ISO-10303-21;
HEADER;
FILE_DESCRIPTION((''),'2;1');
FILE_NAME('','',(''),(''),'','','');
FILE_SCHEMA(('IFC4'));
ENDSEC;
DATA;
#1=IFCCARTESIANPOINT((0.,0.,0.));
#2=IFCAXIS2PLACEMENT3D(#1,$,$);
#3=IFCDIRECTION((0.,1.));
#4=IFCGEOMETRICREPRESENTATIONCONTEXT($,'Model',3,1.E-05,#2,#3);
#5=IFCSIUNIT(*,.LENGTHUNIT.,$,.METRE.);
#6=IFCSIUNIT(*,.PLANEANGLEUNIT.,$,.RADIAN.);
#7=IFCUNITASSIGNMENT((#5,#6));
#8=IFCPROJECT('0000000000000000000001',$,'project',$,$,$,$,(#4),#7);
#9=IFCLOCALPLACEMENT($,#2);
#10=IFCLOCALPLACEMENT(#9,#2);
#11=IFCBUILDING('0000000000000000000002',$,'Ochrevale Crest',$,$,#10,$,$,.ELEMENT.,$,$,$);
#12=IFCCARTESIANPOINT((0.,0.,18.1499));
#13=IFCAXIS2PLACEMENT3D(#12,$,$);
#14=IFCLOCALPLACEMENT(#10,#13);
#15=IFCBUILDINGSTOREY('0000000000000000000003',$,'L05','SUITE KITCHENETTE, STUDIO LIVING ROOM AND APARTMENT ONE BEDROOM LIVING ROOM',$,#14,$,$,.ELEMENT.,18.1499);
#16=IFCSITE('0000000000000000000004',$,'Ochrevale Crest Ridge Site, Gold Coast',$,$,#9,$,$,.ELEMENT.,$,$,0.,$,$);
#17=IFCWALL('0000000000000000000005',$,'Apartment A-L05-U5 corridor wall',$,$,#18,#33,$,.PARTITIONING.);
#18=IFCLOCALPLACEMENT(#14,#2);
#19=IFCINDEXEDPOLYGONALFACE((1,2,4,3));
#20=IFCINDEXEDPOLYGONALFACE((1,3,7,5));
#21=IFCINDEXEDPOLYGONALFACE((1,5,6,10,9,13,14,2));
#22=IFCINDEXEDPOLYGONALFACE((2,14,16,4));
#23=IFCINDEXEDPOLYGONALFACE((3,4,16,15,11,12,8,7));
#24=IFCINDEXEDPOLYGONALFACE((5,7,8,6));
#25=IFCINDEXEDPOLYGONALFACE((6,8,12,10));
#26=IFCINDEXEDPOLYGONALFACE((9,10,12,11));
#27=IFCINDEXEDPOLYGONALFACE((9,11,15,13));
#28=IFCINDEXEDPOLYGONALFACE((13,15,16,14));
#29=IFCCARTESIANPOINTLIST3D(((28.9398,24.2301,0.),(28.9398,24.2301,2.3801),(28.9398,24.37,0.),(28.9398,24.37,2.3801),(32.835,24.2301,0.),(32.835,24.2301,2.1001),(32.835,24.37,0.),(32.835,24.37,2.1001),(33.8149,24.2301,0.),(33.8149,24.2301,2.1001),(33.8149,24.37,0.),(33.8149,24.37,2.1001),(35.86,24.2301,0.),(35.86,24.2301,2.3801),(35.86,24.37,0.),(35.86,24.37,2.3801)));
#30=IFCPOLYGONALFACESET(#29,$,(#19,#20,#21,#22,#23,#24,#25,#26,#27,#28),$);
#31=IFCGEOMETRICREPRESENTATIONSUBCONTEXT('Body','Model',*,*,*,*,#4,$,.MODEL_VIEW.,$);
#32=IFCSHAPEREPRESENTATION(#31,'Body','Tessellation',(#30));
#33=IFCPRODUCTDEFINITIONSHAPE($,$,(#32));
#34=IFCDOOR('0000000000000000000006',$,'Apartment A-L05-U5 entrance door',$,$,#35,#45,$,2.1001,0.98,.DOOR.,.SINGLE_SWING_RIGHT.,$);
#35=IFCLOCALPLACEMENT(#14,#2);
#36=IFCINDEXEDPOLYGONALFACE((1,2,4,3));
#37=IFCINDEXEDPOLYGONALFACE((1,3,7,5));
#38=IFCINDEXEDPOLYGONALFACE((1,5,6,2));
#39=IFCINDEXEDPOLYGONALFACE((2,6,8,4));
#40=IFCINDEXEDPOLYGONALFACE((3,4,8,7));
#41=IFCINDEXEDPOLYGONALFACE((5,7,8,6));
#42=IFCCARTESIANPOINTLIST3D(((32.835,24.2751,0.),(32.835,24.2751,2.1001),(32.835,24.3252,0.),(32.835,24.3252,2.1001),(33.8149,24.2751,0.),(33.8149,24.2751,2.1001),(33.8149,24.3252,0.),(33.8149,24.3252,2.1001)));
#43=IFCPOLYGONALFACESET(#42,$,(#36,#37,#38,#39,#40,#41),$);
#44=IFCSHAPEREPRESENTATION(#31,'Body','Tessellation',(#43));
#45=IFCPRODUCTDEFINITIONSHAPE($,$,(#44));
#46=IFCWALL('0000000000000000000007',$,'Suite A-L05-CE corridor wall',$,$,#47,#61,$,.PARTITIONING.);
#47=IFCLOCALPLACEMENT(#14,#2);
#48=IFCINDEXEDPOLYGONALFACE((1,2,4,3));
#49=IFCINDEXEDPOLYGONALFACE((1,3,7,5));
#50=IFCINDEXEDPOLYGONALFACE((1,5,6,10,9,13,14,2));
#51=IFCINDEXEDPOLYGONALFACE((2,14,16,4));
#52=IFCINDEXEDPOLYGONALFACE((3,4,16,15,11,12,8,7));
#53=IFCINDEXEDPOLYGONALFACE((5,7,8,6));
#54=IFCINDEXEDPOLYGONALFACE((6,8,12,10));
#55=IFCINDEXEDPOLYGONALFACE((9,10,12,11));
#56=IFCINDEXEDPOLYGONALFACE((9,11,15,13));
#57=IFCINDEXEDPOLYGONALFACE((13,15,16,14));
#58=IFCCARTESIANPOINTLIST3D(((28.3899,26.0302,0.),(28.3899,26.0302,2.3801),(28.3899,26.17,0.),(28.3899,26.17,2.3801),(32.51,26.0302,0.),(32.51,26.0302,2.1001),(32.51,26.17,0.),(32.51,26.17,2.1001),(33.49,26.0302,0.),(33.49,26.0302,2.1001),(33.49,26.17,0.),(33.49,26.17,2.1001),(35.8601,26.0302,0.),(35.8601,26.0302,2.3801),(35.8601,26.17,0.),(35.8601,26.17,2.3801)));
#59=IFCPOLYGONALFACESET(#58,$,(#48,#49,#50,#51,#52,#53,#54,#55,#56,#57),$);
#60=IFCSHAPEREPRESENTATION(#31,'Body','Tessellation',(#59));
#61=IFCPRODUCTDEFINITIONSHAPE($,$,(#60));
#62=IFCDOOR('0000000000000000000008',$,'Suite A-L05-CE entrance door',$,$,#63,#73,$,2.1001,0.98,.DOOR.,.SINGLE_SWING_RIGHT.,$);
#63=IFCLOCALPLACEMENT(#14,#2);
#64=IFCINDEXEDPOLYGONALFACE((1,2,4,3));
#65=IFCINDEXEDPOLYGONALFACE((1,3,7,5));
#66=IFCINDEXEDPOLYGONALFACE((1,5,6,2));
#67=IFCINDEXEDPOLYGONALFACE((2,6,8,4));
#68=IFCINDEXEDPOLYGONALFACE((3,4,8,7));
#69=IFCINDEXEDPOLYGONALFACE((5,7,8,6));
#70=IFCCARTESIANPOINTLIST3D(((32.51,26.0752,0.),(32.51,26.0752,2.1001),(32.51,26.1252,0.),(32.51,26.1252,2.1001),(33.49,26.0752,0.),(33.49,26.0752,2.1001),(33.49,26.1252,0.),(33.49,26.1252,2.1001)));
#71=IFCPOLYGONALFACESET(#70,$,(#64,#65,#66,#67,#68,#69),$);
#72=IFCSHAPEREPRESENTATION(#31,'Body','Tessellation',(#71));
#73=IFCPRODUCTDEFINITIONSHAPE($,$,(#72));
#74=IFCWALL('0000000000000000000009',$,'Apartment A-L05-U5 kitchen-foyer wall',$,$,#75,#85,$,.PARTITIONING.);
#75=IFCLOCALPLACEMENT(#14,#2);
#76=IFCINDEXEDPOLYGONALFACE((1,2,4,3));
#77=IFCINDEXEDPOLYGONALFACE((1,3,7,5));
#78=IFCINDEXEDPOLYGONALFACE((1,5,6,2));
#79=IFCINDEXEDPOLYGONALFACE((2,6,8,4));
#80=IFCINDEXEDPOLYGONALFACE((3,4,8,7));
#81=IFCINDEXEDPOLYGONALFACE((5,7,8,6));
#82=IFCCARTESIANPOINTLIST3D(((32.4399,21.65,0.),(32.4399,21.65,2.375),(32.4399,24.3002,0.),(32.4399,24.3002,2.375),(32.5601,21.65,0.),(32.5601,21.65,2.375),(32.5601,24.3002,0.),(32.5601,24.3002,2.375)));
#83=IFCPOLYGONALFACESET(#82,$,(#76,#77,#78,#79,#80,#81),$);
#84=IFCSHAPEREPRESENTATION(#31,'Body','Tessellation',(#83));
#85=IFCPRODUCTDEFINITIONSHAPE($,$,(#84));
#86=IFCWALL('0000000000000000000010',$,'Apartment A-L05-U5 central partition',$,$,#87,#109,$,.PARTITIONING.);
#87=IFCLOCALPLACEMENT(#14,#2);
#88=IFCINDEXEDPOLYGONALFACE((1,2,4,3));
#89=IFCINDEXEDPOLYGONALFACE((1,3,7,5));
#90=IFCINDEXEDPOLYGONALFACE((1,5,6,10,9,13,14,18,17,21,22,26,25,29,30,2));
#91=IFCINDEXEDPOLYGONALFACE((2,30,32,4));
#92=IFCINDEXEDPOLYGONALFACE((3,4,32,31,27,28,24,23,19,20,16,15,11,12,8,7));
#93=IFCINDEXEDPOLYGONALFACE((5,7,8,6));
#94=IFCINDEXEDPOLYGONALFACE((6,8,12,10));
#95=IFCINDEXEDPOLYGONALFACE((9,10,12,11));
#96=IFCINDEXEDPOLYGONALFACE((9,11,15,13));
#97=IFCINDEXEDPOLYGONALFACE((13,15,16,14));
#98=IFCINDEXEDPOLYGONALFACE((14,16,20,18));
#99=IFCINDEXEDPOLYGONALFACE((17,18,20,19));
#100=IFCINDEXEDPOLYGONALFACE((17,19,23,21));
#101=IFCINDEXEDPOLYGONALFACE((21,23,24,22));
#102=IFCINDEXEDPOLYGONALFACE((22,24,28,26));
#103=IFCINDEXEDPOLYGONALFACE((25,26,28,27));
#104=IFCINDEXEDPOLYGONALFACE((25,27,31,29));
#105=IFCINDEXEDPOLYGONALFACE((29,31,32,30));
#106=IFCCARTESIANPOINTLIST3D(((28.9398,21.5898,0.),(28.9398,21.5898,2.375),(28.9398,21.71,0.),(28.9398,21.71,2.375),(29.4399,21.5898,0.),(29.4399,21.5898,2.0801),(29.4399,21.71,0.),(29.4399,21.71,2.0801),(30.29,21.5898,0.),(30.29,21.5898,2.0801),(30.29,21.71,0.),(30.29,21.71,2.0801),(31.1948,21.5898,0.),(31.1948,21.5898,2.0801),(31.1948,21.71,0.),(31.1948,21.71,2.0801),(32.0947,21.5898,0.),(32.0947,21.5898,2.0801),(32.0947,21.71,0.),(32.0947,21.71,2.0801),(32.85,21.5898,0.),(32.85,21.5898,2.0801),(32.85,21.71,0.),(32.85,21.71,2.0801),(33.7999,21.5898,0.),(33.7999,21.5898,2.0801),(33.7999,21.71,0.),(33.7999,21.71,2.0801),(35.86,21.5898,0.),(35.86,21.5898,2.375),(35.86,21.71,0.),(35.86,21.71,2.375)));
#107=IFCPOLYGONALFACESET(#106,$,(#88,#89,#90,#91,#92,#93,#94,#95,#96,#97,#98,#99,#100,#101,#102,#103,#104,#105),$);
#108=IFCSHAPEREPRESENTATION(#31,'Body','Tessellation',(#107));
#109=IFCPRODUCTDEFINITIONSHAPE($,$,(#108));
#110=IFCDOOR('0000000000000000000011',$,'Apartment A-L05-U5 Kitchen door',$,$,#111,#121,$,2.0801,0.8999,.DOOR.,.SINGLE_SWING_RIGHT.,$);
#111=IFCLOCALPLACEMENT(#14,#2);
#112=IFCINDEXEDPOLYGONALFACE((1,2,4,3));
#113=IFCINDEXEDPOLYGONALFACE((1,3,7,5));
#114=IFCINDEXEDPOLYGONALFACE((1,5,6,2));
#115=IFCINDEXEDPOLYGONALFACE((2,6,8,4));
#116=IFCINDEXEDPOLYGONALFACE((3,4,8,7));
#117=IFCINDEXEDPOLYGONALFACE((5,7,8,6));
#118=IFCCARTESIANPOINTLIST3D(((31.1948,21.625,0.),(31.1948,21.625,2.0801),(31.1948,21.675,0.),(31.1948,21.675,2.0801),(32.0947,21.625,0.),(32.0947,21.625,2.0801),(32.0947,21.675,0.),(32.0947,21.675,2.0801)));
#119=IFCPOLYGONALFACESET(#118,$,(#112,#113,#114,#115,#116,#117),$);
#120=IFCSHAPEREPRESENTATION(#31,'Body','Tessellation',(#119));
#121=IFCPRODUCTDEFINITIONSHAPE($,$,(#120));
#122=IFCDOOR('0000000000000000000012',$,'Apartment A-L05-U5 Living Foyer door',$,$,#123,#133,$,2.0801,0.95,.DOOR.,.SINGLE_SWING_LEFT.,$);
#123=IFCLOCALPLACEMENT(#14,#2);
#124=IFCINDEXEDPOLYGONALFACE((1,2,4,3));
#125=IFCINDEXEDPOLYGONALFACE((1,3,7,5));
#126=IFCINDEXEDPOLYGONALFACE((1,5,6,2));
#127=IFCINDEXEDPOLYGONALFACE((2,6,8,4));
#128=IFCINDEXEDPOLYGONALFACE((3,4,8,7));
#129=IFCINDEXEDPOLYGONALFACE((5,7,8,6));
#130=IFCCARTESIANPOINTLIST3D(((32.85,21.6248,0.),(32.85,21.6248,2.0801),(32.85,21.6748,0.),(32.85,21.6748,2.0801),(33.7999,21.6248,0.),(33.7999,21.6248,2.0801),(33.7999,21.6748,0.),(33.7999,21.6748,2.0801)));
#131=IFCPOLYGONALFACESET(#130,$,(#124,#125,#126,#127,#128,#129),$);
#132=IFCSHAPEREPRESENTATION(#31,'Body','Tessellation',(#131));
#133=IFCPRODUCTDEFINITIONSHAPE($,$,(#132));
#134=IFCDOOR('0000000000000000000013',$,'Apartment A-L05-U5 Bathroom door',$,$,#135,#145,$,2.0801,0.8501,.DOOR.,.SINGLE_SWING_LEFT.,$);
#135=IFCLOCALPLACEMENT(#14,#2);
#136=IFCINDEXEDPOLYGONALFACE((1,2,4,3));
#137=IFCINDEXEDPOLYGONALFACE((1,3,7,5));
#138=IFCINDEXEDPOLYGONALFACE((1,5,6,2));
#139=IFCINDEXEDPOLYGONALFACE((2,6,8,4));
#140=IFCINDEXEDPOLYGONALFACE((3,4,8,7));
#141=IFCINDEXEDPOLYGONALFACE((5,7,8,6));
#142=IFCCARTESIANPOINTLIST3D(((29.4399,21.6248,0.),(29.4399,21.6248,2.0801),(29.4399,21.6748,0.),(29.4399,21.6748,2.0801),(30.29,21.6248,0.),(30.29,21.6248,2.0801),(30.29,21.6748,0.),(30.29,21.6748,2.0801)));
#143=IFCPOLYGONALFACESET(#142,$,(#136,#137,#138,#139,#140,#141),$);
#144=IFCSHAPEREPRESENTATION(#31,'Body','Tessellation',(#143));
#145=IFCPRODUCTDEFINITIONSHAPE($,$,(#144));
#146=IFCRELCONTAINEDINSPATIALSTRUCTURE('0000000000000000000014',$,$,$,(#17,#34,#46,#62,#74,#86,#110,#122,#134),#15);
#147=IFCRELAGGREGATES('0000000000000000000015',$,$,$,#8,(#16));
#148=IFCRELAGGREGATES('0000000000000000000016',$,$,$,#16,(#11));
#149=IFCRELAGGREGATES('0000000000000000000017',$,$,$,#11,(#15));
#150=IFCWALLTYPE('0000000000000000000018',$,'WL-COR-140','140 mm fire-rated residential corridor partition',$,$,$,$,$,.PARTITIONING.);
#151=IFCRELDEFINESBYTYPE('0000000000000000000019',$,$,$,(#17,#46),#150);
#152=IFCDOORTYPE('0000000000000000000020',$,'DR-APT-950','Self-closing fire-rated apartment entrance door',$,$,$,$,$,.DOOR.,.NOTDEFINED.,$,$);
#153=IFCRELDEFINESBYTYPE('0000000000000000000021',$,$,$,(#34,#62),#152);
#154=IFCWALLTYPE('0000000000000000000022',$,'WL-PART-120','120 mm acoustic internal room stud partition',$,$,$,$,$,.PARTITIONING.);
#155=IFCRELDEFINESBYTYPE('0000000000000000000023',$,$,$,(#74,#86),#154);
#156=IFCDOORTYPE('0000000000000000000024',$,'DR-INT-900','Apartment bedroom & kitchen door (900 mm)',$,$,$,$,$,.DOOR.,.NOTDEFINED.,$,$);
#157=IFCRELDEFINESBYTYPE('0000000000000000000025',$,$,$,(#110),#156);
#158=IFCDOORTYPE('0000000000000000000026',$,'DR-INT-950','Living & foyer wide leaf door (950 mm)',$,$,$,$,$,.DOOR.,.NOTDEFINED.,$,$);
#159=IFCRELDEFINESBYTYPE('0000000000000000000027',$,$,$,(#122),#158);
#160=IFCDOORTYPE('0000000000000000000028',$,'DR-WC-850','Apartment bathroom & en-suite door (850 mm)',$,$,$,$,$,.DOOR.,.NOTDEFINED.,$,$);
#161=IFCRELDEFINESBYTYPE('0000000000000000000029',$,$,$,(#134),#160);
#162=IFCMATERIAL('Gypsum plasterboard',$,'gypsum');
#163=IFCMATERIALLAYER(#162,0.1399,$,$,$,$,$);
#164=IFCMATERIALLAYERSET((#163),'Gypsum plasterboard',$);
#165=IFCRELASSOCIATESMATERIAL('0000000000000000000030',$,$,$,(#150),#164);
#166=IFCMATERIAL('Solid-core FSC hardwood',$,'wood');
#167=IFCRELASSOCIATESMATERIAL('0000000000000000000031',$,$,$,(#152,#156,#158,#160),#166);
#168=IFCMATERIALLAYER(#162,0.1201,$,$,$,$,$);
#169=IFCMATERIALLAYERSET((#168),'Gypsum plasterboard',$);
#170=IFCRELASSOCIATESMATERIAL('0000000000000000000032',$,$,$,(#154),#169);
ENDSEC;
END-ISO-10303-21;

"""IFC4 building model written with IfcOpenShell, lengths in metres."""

from ifc_helpers import new_model, si_unit, direction, frame, frame_2d, origin, place, context, subcontext, project, spatial, rectangle, extrude, material, layer, layer_set, type_object, element, fill, save


model = new_model("IFC4")

# Units and contexts
model_context = context("Model", 3, precision=1e-05, world=origin(), true_north=direction((0.0, 1.0)))
body_context = subcontext(model_context, "Body", "Model", "MODEL_VIEW")
ifc_project = project(units=[si_unit("LENGTHUNIT", "METRE"), si_unit("PLANEANGLEUNIT", "RADIAN")], contexts=[model_context])

# Site, building, storey
site_placement = place(None, origin())
site = spatial("IfcSite", under=ifc_project, at=site_placement, Name="Ochrevale Crest Ridge Site, Gold Coast", CompositionType="ELEMENT", RefElevation=0.0)
building_placement = place(site_placement, origin())
building = spatial("IfcBuilding", under=site, at=building_placement, Name="Ochrevale Crest", CompositionType="ELEMENT")
storey_placement = place(building_placement, frame((0.0, 0.0, 18.1499)))
storey = spatial("IfcBuildingStorey", under=building, at=storey_placement, Name="L05", Description="SUITE KITCHENETTE, STUDIO LIVING ROOM AND APARTMENT ONE BEDROOM LIVING ROOM", CompositionType="ELEMENT", Elevation=18.1499)

# Walls, openings, doors
ifc_material_1 = material(Name="Gypsum plasterboard", Category="gypsum")
ifc_layer_1 = layer(ifc_material_1, 0.1399)
ifc_layer_set_1 = layer_set([ifc_layer_1], Name="Gypsum plasterboard")
wall_type_1 = type_object("IfcWallType", Name="WL-COR-140", Description="140 mm fire-rated residential corridor partition", PredefinedType="PARTITIONING", material=ifc_layer_set_1)
wall_1_placement = place(storey_placement, frame((28.9399, 24.3, 0.0), z_axis=(0.0, 0.0, 1.0), x_axis=(1.0, 0.0, 0.0)))
wall_1 = element("IfcWall", 1, at=wall_1_placement, inside=storey, type_object=wall_type_1, Name="Apartment A-L05-U5 corridor wall", PredefinedType="PARTITIONING", context=body_context, shape_type="SweptSolid", body=[
    extrude(rectangle(XDim=6.9202, YDim=0.1399, at=frame_2d((3.46, 0.0))), origin(), (0.0, 0.0, 1.0), 2.3801),
])
opening_1_placement = place(wall_1_placement, frame((4.875, 0.0, 0.0), z_axis=(0.0, 0.0, 1.0), x_axis=(-1.0, 0.0, 0.0)))
opening_1 = element("IfcOpeningElement", 2, at=opening_1_placement, cuts=wall_1, PredefinedType="OPENING", context=body_context, shape_type="SweptSolid", body=[
    extrude(rectangle(XDim=0.98, YDim=2.1001, at=frame_2d((0.49, 1.05))), frame((0.0, 0.0801, 0.0), z_axis=(0.0, -1.0, 0.0), x_axis=(1.0, 0.0, 0.0)), (0.0, 0.0, 1.0), 0.1599),
])
ifc_material_2 = material(Name="Solid-core FSC hardwood", Category="wood")
door_type_1 = type_object("IfcDoorType", Name="DR-APT-950", Description="Self-closing fire-rated apartment entrance door", OperationType="NOTDEFINED", PredefinedType="DOOR", material=ifc_material_2)
door_1_placement = place(opening_1_placement, origin())
door_1 = element("IfcDoor", 3, at=door_1_placement, inside=storey, type_object=door_type_1, Name="Apartment A-L05-U5 entrance door", OperationType="SINGLE_SWING_RIGHT", OverallHeight=2.1001, OverallWidth=0.98, PredefinedType="DOOR", context=body_context, shape_type="SweptSolid", body=[
    extrude(rectangle(XDim=0.98, YDim=2.1001, at=frame_2d((0.49, 1.05))), frame((0.0, 0.0249, 0.0), z_axis=(0.0, -1.0, 0.0), x_axis=(1.0, 0.0, 0.0)), (0.0, 0.0, 1.0), 0.05),
])
fill(opening_1, door_1)
wall_2_placement = place(storey_placement, frame((28.3899, 26.1001, 0.0), z_axis=(0.0, 0.0, 1.0), x_axis=(1.0, 0.0, 0.0)))
wall_2 = element("IfcWall", 4, at=wall_2_placement, inside=storey, type_object=wall_type_1, Name="Suite A-L05-CE corridor wall", PredefinedType="PARTITIONING", context=body_context, shape_type="SweptSolid", body=[
    extrude(rectangle(XDim=7.4702, YDim=0.1399, at=frame_2d((3.7351, 0.0))), origin(), (0.0, 0.0, 1.0), 2.3801),
])
opening_2_placement = place(wall_2_placement, frame((5.1001, 0.0, 0.0), z_axis=(0.0, 0.0, 1.0), x_axis=(-1.0, 0.0, 0.0)))
opening_2 = element("IfcOpeningElement", 5, at=opening_2_placement, cuts=wall_2, PredefinedType="OPENING", context=body_context, shape_type="SweptSolid", body=[
    extrude(rectangle(XDim=0.98, YDim=2.1001, at=frame_2d((0.49, 1.05))), frame((0.0, 0.0801, 0.0), z_axis=(0.0, -1.0, 0.0), x_axis=(1.0, 0.0, 0.0)), (0.0, 0.0, 1.0), 0.1599),
])
door_2_placement = place(opening_2_placement, origin())
door_2 = element("IfcDoor", 6, at=door_2_placement, inside=storey, type_object=door_type_1, Name="Suite A-L05-CE entrance door", OperationType="SINGLE_SWING_RIGHT", OverallHeight=2.1001, OverallWidth=0.98, PredefinedType="DOOR", context=body_context, shape_type="SweptSolid", body=[
    extrude(rectangle(XDim=0.98, YDim=2.1001, at=frame_2d((0.49, 1.05))), frame((0.0, 0.0249, 0.0), z_axis=(0.0, -1.0, 0.0), x_axis=(1.0, 0.0, 0.0)), (0.0, 0.0, 1.0), 0.05),
])
fill(opening_2, door_2)

# Wall
ifc_layer_2 = layer(ifc_material_1, 0.1201)
ifc_layer_set_2 = layer_set([ifc_layer_2], Name="Gypsum plasterboard")
wall_type_2 = type_object("IfcWallType", Name="WL-PART-120", Description="120 mm acoustic internal room stud partition", PredefinedType="PARTITIONING", material=ifc_layer_set_2)
wall_3_placement = place(storey_placement, frame((32.5, 21.6499, 0.0), z_axis=(0.0, 0.0, 1.0), x_axis=(0.0, 1.0, 0.0)))
element("IfcWall", 7, at=wall_3_placement, inside=storey, type_object=wall_type_2, Name="Apartment A-L05-U5 kitchen-foyer wall", PredefinedType="PARTITIONING", context=body_context, shape_type="SweptSolid", body=[
    extrude(rectangle(XDim=2.6501, YDim=0.1201, at=frame_2d((1.3252, 0.0))), origin(), (0.0, 0.0, 1.0), 2.375),
])

# Wall, openings, doors
wall_4_placement = place(storey_placement, frame((28.9399, 21.6499, 0.0), z_axis=(0.0, 0.0, 1.0), x_axis=(1.0, 0.0, 0.0)))
wall_4 = element("IfcWall", 8, at=wall_4_placement, inside=storey, type_object=wall_type_2, Name="Apartment A-L05-U5 central partition", PredefinedType="PARTITIONING", context=body_context, shape_type="SweptSolid", body=[
    extrude(rectangle(XDim=6.9202, YDim=0.1201, at=frame_2d((3.46, 0.0))), origin(), (0.0, 0.0, 1.0), 2.375),
])
opening_3_placement = place(wall_4_placement, frame((0.5, 0.0, 0.0)))
opening_3 = element("IfcOpeningElement", 9, at=opening_3_placement, cuts=wall_4, PredefinedType="OPENING", context=body_context, shape_type="SweptSolid", body=[
    extrude(rectangle(XDim=0.8501, YDim=2.0801, at=frame_2d((0.425, 1.04))), frame((0.0, 0.0701, 0.0), z_axis=(0.0, -1.0, 0.0), x_axis=(1.0, 0.0, 0.0)), (0.0, 0.0, 1.0), 0.1401),
])
opening_4_placement = place(wall_4_placement, frame((3.1548, 0.0, 0.0), z_axis=(0.0, 0.0, 1.0), x_axis=(-1.0, 0.0, 0.0)))
opening_4 = element("IfcOpeningElement", 10, at=opening_4_placement, cuts=wall_4, PredefinedType="OPENING", context=body_context, shape_type="SweptSolid", body=[
    extrude(rectangle(XDim=0.8999, YDim=2.0801, at=frame_2d((0.45, 1.04))), frame((0.0, 0.0701, 0.0), z_axis=(0.0, -1.0, 0.0), x_axis=(1.0, 0.0, 0.0)), (0.0, 0.0, 1.0), 0.1401),
])
opening_5_placement = place(wall_4_placement, frame((3.9099, 0.0, 0.0)))
opening_5 = element("IfcOpeningElement", 11, at=opening_5_placement, cuts=wall_4, PredefinedType="OPENING", context=body_context, shape_type="SweptSolid", body=[
    extrude(rectangle(XDim=0.95, YDim=2.0801, at=frame_2d((0.4751, 1.04))), frame((0.0, 0.0701, 0.0), z_axis=(0.0, -1.0, 0.0), x_axis=(1.0, 0.0, 0.0)), (0.0, 0.0, 1.0), 0.1401),
])
door_type_2 = type_object("IfcDoorType", Name="DR-INT-900", Description="Apartment bedroom & kitchen door (900 mm)", OperationType="NOTDEFINED", PredefinedType="DOOR", material=ifc_material_2)
door_3_placement = place(opening_4_placement, origin())
door_3 = element("IfcDoor", 12, at=door_3_placement, inside=storey, type_object=door_type_2, Name="Apartment A-L05-U5 Kitchen door", OperationType="SINGLE_SWING_RIGHT", OverallHeight=2.0801, OverallWidth=0.8999, PredefinedType="DOOR", context=body_context, shape_type="SweptSolid", body=[
    extrude(rectangle(XDim=0.8999, YDim=2.0801, at=frame_2d((0.45, 1.04))), frame((0.0, 0.0249, 0.0), z_axis=(0.0, -1.0, 0.0), x_axis=(1.0, 0.0, 0.0)), (0.0, 0.0, 1.0), 0.05),
])
fill(opening_4, door_3)
door_type_3 = type_object("IfcDoorType", Name="DR-INT-950", Description="Living & foyer wide leaf door (950 mm)", OperationType="NOTDEFINED", PredefinedType="DOOR", material=ifc_material_2)
door_4_placement = place(opening_5_placement, origin())
door_4 = element("IfcDoor", 13, at=door_4_placement, inside=storey, type_object=door_type_3, Name="Apartment A-L05-U5 Living Foyer door", OperationType="SINGLE_SWING_LEFT", OverallHeight=2.0801, OverallWidth=0.95, PredefinedType="DOOR", context=body_context, shape_type="SweptSolid", body=[
    extrude(rectangle(XDim=0.95, YDim=2.0801, at=frame_2d((0.4751, 1.04))), frame((0.0, 0.0249, 0.0), z_axis=(0.0, -1.0, 0.0), x_axis=(1.0, 0.0, 0.0)), (0.0, 0.0, 1.0), 0.05),
])
fill(opening_5, door_4)
door_type_4 = type_object("IfcDoorType", Name="DR-WC-850", Description="Apartment bathroom & en-suite door (850 mm)", OperationType="NOTDEFINED", PredefinedType="DOOR", material=ifc_material_2)
door_5_placement = place(opening_3_placement, origin())
door_5 = element("IfcDoor", 14, at=door_5_placement, inside=storey, type_object=door_type_4, Name="Apartment A-L05-U5 Bathroom door", OperationType="SINGLE_SWING_LEFT", OverallHeight=2.0801, OverallWidth=0.8501, PredefinedType="DOOR", context=body_context, shape_type="SweptSolid", body=[
    extrude(rectangle(XDim=0.8501, YDim=2.0801, at=frame_2d((0.425, 1.04))), frame((0.0, 0.0249, 0.0), z_axis=(0.0, -1.0, 0.0), x_axis=(1.0, 0.0, 0.0)), (0.0, 0.0, 1.0), 0.05),
])
fill(opening_3, door_5)

save(model, "model.ifc")
